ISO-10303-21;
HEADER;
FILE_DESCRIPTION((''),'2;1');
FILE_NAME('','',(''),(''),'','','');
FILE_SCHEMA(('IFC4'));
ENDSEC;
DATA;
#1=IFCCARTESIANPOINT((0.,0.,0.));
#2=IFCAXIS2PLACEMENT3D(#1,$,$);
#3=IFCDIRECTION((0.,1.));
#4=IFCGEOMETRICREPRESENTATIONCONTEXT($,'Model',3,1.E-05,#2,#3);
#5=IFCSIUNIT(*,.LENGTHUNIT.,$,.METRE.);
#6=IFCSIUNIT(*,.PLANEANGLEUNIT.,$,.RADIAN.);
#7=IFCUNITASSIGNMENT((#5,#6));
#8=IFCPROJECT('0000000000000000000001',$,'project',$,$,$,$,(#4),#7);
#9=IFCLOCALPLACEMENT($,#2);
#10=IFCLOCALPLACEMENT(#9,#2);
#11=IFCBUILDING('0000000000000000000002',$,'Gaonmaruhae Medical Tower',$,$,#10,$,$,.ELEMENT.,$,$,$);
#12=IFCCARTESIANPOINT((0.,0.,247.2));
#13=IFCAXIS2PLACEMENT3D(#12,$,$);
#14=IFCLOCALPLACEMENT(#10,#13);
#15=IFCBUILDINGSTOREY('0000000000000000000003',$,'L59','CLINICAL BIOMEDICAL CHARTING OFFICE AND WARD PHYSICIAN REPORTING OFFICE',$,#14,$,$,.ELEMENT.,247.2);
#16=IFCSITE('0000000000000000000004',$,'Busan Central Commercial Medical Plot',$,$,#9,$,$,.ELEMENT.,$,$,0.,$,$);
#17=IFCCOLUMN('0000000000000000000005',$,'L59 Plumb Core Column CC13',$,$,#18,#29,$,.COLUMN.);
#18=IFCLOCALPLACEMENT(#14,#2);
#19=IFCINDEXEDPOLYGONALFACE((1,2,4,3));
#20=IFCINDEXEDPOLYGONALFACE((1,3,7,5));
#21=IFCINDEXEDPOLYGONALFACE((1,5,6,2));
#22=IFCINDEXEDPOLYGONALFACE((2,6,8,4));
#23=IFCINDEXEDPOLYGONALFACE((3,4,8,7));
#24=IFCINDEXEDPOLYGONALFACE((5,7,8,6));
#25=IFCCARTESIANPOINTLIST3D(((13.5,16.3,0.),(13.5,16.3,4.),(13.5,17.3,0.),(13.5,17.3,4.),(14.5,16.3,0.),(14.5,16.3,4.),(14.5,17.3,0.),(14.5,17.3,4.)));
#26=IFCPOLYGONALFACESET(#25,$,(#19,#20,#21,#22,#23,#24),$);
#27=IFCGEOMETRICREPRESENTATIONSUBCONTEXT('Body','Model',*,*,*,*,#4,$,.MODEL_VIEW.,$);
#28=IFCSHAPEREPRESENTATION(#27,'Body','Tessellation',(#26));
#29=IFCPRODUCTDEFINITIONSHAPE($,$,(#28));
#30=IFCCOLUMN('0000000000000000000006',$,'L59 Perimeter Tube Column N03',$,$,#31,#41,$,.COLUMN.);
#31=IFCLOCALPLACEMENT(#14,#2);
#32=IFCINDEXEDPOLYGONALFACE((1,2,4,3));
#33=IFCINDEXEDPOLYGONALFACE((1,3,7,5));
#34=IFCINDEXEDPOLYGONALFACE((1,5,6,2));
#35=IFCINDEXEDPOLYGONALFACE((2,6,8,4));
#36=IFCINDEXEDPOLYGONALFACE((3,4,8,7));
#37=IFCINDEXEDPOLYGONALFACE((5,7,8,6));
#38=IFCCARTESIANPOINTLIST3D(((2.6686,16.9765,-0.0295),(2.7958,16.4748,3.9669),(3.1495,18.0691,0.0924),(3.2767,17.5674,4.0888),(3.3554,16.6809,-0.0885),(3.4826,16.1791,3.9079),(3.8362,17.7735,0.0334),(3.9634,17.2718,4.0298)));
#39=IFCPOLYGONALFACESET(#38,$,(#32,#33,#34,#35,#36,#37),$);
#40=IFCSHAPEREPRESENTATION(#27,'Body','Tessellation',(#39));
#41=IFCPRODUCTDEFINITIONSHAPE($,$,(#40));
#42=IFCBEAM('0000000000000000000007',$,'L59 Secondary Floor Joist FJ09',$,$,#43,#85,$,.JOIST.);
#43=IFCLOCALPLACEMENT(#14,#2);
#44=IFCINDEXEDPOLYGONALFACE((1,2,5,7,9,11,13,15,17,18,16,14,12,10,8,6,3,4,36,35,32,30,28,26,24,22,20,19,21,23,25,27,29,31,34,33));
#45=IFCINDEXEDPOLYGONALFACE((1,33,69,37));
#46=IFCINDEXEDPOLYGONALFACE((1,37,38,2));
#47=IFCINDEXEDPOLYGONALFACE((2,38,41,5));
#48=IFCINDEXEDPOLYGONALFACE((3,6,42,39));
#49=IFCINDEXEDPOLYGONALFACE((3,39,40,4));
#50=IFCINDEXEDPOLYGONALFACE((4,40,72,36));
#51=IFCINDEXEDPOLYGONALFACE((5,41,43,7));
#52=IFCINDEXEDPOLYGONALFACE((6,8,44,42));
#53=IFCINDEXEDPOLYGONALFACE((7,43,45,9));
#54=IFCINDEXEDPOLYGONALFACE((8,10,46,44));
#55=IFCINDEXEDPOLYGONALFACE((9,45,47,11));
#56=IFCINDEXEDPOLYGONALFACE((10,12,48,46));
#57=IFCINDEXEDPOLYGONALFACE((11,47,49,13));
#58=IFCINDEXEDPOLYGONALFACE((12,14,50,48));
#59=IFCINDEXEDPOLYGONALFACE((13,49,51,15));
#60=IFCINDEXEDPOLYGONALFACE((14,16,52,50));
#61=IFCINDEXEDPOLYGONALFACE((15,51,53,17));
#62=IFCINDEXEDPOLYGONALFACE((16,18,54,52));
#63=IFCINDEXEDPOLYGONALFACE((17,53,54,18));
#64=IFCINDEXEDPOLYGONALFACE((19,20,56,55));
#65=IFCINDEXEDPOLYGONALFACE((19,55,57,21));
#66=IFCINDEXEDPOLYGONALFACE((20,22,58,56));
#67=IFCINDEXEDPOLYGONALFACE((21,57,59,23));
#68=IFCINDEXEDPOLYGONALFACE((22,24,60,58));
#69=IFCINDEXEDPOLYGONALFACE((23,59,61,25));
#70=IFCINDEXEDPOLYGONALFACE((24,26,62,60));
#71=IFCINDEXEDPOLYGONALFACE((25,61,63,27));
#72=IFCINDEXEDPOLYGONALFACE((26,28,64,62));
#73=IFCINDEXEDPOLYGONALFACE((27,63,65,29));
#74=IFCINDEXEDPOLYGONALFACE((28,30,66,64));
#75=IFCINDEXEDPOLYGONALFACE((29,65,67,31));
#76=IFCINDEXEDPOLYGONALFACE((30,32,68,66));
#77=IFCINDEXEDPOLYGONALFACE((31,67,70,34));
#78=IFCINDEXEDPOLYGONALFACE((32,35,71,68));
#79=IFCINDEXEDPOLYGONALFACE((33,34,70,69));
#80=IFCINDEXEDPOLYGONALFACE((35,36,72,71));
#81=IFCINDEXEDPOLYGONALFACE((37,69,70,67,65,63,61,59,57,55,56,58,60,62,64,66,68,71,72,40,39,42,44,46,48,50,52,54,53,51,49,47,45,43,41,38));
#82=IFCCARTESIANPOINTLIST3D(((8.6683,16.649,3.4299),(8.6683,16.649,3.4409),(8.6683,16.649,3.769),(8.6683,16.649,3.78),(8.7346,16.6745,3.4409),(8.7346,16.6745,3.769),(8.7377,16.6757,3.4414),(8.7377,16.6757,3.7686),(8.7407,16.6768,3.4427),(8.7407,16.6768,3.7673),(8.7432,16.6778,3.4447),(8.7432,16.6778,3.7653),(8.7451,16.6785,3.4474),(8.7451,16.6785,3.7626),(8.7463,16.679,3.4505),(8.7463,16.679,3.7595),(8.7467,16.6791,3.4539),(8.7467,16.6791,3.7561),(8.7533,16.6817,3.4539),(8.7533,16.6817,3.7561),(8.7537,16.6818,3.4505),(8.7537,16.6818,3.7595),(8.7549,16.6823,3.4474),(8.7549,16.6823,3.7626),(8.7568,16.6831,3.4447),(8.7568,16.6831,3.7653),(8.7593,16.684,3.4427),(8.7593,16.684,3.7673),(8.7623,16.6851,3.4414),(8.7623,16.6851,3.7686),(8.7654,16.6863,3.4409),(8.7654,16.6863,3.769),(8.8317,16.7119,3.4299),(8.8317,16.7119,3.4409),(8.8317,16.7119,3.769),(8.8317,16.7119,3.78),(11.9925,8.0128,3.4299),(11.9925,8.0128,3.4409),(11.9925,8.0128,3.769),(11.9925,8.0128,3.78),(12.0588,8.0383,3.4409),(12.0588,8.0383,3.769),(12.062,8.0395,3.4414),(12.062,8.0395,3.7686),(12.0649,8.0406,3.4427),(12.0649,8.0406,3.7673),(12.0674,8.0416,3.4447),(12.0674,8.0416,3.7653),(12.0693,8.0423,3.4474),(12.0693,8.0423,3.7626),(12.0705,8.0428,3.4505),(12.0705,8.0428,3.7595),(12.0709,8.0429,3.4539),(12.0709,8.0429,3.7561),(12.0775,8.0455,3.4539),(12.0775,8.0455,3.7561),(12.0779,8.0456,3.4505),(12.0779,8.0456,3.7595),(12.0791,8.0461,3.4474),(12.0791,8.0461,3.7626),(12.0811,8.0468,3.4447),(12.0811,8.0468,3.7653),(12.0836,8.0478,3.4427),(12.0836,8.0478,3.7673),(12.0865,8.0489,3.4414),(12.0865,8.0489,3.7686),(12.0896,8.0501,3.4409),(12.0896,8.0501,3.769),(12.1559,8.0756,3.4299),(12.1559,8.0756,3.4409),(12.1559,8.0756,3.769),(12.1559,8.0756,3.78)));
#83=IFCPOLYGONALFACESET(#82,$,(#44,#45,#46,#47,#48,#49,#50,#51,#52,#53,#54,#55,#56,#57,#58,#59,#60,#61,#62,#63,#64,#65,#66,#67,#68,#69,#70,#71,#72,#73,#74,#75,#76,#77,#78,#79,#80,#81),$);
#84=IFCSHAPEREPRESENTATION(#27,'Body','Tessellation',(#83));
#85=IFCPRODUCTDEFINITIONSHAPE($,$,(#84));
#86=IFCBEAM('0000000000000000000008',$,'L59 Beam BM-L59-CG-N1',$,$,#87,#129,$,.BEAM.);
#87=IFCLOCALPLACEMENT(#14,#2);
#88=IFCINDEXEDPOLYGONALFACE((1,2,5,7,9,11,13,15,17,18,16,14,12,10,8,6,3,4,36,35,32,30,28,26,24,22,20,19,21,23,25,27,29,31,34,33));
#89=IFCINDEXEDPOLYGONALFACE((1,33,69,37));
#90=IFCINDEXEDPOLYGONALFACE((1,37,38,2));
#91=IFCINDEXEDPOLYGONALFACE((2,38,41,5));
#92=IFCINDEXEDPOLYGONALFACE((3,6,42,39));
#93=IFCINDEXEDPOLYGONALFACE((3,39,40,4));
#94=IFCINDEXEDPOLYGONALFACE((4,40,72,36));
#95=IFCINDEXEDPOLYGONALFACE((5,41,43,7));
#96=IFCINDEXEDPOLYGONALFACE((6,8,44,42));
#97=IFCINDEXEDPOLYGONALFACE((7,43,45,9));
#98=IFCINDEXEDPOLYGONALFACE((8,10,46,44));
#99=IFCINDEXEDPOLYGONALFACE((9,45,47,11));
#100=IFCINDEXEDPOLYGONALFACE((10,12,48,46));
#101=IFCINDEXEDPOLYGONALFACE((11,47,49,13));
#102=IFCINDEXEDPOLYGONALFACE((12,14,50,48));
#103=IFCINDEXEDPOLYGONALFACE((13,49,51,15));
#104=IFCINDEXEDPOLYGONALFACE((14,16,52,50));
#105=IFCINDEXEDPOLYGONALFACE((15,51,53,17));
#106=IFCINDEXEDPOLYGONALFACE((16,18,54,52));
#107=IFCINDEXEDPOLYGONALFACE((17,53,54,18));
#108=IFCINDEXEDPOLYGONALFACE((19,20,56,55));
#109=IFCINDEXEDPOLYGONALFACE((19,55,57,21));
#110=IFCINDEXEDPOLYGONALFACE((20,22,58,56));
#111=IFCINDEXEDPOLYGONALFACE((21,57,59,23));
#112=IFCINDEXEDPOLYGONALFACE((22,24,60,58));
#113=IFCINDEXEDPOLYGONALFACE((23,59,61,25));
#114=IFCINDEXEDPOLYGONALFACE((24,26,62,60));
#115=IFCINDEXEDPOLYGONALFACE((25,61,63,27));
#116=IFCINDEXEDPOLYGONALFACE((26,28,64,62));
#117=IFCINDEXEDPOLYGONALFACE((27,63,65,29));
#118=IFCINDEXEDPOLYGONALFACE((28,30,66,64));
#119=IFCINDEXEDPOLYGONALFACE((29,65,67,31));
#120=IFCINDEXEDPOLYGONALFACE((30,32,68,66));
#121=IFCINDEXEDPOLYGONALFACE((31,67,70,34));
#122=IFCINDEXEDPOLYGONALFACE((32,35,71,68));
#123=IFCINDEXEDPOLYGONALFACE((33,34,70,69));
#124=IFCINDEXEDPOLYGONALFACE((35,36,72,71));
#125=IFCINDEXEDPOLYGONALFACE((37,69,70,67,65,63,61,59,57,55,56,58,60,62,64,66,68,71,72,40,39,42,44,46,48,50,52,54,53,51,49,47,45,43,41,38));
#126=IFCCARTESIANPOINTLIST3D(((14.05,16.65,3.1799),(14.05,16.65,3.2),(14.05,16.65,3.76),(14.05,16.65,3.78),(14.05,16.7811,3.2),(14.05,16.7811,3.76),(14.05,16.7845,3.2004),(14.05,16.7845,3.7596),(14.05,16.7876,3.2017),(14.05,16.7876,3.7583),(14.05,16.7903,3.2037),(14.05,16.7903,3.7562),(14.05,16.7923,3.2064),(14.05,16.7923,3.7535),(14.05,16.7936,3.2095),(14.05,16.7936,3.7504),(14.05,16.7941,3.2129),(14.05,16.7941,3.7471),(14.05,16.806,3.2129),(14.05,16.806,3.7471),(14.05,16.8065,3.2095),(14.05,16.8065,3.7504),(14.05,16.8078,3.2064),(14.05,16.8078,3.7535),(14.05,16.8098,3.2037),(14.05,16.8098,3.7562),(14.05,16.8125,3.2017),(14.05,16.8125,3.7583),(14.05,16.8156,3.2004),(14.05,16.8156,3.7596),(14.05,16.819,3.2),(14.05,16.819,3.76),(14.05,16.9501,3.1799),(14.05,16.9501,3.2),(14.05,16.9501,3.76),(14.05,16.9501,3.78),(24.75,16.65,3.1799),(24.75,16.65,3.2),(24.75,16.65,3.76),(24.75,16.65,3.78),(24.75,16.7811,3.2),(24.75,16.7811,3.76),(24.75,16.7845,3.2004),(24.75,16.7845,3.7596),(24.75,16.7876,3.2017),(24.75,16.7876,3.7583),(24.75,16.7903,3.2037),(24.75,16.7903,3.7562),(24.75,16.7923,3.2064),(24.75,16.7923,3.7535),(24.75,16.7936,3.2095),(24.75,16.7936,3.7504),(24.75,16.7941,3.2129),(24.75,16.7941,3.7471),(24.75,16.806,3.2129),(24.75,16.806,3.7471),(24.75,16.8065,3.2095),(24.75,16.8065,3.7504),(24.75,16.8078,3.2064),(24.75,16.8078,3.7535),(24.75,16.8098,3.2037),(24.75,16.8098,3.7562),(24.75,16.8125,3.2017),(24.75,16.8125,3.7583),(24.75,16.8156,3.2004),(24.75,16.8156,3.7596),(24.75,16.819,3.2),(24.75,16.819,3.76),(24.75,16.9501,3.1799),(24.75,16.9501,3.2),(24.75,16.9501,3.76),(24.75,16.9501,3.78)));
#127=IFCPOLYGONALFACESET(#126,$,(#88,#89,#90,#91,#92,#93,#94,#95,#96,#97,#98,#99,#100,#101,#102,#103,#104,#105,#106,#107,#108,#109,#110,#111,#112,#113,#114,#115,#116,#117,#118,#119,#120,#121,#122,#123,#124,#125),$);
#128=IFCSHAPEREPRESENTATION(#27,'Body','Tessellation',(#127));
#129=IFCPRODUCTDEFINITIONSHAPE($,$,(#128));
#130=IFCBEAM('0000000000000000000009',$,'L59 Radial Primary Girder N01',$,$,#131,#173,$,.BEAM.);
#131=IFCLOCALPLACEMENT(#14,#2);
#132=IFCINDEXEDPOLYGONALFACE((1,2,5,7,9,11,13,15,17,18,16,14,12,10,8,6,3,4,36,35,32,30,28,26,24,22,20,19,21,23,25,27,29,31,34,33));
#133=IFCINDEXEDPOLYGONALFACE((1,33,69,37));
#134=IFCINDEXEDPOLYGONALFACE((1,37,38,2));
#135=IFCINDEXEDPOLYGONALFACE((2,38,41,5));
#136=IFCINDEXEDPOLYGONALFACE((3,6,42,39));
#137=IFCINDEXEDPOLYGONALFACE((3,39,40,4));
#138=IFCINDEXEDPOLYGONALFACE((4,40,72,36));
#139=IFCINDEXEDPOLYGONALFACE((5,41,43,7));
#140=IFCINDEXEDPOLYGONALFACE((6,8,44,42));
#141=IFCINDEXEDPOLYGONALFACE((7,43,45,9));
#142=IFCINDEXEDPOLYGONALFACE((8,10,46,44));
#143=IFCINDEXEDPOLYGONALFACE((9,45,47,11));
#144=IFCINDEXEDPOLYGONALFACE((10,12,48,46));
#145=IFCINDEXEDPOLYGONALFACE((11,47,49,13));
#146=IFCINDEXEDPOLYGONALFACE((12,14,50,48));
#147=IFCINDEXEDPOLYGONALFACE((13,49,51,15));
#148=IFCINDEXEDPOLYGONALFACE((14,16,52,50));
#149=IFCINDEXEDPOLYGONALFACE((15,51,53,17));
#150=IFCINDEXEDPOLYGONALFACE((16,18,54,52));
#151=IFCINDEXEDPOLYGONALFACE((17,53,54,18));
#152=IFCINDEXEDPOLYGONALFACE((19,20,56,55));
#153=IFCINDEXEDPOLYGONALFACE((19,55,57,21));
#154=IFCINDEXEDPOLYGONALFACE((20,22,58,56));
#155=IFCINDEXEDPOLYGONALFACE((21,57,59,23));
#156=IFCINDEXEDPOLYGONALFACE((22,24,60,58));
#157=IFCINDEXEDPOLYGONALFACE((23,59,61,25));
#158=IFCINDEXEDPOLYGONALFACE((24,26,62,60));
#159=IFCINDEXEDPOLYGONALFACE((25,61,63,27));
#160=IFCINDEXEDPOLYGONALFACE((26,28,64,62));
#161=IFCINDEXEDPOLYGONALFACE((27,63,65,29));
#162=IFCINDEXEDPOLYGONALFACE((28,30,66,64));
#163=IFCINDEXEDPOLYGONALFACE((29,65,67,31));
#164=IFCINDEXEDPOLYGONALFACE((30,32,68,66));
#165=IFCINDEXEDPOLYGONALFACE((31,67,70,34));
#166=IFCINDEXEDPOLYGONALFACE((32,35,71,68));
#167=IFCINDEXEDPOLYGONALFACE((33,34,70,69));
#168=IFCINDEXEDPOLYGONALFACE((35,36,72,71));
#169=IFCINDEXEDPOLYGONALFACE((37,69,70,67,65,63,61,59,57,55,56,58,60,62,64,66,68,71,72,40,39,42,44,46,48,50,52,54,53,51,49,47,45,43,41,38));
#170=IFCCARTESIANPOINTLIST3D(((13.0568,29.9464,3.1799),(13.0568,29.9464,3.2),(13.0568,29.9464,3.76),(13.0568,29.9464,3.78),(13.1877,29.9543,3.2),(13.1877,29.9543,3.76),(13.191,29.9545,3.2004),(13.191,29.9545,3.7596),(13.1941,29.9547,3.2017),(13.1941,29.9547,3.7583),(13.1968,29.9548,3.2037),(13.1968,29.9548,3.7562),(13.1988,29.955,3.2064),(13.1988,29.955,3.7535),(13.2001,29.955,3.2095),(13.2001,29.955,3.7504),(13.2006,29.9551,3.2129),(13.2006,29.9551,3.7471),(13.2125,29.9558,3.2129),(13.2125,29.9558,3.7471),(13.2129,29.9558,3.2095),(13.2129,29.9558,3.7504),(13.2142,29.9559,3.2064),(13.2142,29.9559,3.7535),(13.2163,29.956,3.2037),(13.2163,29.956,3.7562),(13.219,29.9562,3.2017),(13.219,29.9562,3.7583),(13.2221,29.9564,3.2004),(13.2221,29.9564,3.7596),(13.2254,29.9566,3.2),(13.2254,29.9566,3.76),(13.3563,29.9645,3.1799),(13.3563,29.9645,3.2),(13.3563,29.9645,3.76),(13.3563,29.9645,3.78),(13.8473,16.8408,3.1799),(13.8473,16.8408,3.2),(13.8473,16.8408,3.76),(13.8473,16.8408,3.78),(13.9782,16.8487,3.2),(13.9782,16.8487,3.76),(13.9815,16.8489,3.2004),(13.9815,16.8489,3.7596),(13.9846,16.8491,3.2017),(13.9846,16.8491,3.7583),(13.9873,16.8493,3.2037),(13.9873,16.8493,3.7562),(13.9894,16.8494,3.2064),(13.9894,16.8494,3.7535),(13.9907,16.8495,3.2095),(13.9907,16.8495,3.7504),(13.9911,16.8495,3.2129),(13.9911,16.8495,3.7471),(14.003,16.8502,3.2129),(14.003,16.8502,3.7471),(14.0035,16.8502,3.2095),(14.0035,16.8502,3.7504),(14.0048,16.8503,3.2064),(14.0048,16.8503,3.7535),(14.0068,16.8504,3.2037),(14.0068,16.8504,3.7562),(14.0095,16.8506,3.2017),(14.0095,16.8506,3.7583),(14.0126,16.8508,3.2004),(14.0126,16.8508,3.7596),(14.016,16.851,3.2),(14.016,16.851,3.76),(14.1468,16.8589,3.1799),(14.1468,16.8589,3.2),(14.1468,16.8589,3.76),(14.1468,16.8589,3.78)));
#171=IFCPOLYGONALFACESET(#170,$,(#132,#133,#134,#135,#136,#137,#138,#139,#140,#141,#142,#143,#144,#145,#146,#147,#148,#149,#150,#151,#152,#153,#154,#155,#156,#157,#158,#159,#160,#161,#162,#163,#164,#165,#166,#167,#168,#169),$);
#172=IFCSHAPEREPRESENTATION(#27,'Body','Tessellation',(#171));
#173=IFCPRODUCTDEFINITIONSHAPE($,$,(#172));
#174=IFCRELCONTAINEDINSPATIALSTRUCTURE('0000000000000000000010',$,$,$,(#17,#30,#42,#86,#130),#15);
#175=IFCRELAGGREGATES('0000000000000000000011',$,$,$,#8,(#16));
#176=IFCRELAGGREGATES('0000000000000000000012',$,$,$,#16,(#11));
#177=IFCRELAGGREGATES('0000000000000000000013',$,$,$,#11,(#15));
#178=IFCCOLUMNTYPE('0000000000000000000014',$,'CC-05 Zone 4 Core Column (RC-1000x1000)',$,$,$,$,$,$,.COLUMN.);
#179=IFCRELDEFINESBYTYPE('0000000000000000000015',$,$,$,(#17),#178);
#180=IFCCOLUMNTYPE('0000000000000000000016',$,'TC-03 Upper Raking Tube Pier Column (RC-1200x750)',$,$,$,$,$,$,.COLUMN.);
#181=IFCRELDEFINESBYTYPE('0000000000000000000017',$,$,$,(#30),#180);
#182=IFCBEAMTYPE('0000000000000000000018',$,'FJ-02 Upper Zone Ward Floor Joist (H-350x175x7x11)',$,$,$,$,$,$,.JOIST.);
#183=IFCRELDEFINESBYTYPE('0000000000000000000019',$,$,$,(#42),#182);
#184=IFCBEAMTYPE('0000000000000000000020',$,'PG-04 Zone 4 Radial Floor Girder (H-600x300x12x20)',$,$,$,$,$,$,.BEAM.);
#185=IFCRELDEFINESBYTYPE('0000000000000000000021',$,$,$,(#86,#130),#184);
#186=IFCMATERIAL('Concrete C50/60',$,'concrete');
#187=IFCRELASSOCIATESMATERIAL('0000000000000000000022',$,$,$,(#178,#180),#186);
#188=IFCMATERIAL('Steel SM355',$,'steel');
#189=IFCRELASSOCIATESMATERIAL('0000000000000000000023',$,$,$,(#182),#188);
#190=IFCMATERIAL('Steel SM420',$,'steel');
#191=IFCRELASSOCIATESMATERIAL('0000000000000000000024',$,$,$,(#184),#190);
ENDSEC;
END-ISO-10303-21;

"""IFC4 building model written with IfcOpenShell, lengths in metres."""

from ifc_helpers import new_model, si_unit, direction, frame, origin, origin_2d, place, context, subcontext, project, spatial, rectangle, i_section, extrude, material, material_profile, profile_set, type_object, element, save


model = new_model("IFC4")

# Units and contexts
model_context = context("Model", 3, precision=1e-05, world=origin(), true_north=direction((0.0, 1.0)))
body_context = subcontext(model_context, "Body", "Model", "MODEL_VIEW")
ifc_project = project(units=[si_unit("LENGTHUNIT", "METRE"), si_unit("PLANEANGLEUNIT", "RADIAN")], contexts=[model_context])

# Site, building, storey
site_placement = place(None, origin())
site = spatial("IfcSite", under=ifc_project, at=site_placement, Name="Busan Central Commercial Medical Plot", CompositionType="ELEMENT", RefElevation=0.0)
building_placement = place(site_placement, origin())
building = spatial("IfcBuilding", under=site, at=building_placement, Name="Gaonmaruhae Medical Tower", CompositionType="ELEMENT")
storey_placement = place(building_placement, frame((0.0, 0.0, 247.2)))
storey = spatial("IfcBuildingStorey", under=building, at=storey_placement, Name="L59", Description="CLINICAL BIOMEDICAL CHARTING OFFICE AND WARD PHYSICIAN REPORTING OFFICE", CompositionType="ELEMENT", Elevation=247.2)

# Columns
ifc_material_1 = material(Name="Concrete C50/60", Category="concrete")
ifc_material_profile_1 = material_profile(ifc_material_1, rectangle(XDim=1.0, YDim=1.0, at=origin_2d()), Name="RC-1000x1000")
ifc_profile_set_1 = profile_set([ifc_material_profile_1], Name="Concrete C50/60")
column_type_1 = type_object("IfcColumnType", Name="CC-05 Zone 4 Core Column (RC-1000x1000)", PredefinedType="COLUMN", material=ifc_profile_set_1)
column_1_placement = place(storey_placement, frame((14.0, 16.8, 0.0), z_axis=(0.0, 0.0, 1.0), x_axis=(1.0, 0.0, 0.0)))
element("IfcColumn", 1, at=column_1_placement, inside=storey, type_object=column_type_1, Name="L59 Plumb Core Column CC13", PredefinedType="COLUMN", context=body_context, shape_type="SweptSolid", body=[
    extrude(rectangle(XDim=1.0, YDim=1.0, at=origin_2d()), origin(), (0.0, 0.0, 1.0), 4.0),
])
ifc_material_profile_2 = material_profile(ifc_material_1, rectangle(XDim=1.2, YDim=0.75, at=origin_2d()), Name="RC-1200x750")
ifc_profile_set_2 = profile_set([ifc_material_profile_2], Name="Concrete C50/60")
column_type_2 = type_object("IfcColumnType", Name="TC-03 Upper Raking Tube Pier Column (RC-1200x750)", PredefinedType="COLUMN", material=ifc_profile_set_2)
column_2_placement = place(storey_placement, frame((3.2524, 17.375, 0.002), z_axis=(0.031565, -0.124502, 0.991717), x_axis=(0.400737, 0.910547, 0.101557)))
element("IfcColumn", 2, at=column_2_placement, inside=storey, type_object=column_type_2, Name="L59 Perimeter Tube Column N03", PredefinedType="COLUMN", context=body_context, shape_type="SweptSolid", body=[
    extrude(rectangle(XDim=1.2, YDim=0.75, at=origin_2d()), origin(), (0.0, 0.0, 1.0), 4.0298),
])

# Beams
ifc_material_2 = material(Name="Steel SM355", Category="steel")
ifc_material_profile_3 = material_profile(ifc_material_2, i_section(OverallWidth=0.175, OverallDepth=0.3501, WebThickness=0.0071, FlangeThickness=0.011, FilletRadius=0.0129, at=origin_2d()), Name="H-350x175x7x11")
ifc_profile_set_3 = profile_set([ifc_material_profile_3], Name="Steel SM355")
beam_type_1 = type_object("IfcBeamType", Name="FJ-02 Upper Zone Ward Floor Joist (H-350x175x7x11)", PredefinedType="JOIST", material=ifc_profile_set_3)
beam_1_placement = place(storey_placement, frame((8.75, 16.6804, 3.605), z_axis=(0.359223, -0.933252, 0.0), x_axis=(0.933252, 0.359223, 0.0)))
element("IfcBeam", 3, at=beam_1_placement, inside=storey, type_object=beam_type_1, Name="L59 Secondary Floor Joist FJ09", PredefinedType="JOIST", context=body_context, shape_type="SweptSolid", body=[
    extrude(i_section(OverallWidth=0.175, OverallDepth=0.3501, WebThickness=0.0071, FlangeThickness=0.011, FilletRadius=0.0129, at=origin_2d()), origin(), (0.0, 0.0, 1.0), 9.2539),
])
ifc_material_3 = material(Name="Steel SM420", Category="steel")
ifc_material_profile_4 = material_profile(ifc_material_3, i_section(OverallWidth=0.3, OverallDepth=0.6001, WebThickness=0.012, FlangeThickness=0.02, FilletRadius=0.0129, at=origin_2d()), Name="H-600x300x12x20")
ifc_profile_set_4 = profile_set([ifc_material_profile_4], Name="Steel SM420")
beam_type_2 = type_object("IfcBeamType", Name="PG-04 Zone 4 Radial Floor Girder (H-600x300x12x20)", PredefinedType="BEAM", material=ifc_profile_set_4)
beam_2_placement = place(storey_placement, frame((14.05, 16.8, 3.48), z_axis=(1.0, 0.0, 0.0), x_axis=(0.0, 1.0, 0.0)))
element("IfcBeam", 4, at=beam_2_placement, inside=storey, type_object=beam_type_2, Name="L59 Beam BM-L59-CG-N1", PredefinedType="BEAM", context=body_context, shape_type="SweptSolid", body=[
    extrude(i_section(OverallWidth=0.3, OverallDepth=0.6001, WebThickness=0.012, FlangeThickness=0.02, FilletRadius=0.0129, at=origin_2d()), origin(), (0.0, 0.0, 1.0), 10.7),
])
beam_3_placement = place(storey_placement, frame((13.9971, 16.8499, 3.48), z_axis=(-0.060211, 0.998186, 0.0), x_axis=(-0.998186, -0.060211, 0.0)))
element("IfcBeam", 5, at=beam_3_placement, inside=storey, type_object=beam_type_2, Name="L59 Radial Primary Girder N01", PredefinedType="BEAM", context=body_context, shape_type="SweptSolid", body=[
    extrude(i_section(OverallWidth=0.3, OverallDepth=0.6001, WebThickness=0.012, FlangeThickness=0.02, FilletRadius=0.0129, at=origin_2d()), origin(), (0.0, 0.0, 1.0), 13.1294),
])

save(model, "model.ifc")
